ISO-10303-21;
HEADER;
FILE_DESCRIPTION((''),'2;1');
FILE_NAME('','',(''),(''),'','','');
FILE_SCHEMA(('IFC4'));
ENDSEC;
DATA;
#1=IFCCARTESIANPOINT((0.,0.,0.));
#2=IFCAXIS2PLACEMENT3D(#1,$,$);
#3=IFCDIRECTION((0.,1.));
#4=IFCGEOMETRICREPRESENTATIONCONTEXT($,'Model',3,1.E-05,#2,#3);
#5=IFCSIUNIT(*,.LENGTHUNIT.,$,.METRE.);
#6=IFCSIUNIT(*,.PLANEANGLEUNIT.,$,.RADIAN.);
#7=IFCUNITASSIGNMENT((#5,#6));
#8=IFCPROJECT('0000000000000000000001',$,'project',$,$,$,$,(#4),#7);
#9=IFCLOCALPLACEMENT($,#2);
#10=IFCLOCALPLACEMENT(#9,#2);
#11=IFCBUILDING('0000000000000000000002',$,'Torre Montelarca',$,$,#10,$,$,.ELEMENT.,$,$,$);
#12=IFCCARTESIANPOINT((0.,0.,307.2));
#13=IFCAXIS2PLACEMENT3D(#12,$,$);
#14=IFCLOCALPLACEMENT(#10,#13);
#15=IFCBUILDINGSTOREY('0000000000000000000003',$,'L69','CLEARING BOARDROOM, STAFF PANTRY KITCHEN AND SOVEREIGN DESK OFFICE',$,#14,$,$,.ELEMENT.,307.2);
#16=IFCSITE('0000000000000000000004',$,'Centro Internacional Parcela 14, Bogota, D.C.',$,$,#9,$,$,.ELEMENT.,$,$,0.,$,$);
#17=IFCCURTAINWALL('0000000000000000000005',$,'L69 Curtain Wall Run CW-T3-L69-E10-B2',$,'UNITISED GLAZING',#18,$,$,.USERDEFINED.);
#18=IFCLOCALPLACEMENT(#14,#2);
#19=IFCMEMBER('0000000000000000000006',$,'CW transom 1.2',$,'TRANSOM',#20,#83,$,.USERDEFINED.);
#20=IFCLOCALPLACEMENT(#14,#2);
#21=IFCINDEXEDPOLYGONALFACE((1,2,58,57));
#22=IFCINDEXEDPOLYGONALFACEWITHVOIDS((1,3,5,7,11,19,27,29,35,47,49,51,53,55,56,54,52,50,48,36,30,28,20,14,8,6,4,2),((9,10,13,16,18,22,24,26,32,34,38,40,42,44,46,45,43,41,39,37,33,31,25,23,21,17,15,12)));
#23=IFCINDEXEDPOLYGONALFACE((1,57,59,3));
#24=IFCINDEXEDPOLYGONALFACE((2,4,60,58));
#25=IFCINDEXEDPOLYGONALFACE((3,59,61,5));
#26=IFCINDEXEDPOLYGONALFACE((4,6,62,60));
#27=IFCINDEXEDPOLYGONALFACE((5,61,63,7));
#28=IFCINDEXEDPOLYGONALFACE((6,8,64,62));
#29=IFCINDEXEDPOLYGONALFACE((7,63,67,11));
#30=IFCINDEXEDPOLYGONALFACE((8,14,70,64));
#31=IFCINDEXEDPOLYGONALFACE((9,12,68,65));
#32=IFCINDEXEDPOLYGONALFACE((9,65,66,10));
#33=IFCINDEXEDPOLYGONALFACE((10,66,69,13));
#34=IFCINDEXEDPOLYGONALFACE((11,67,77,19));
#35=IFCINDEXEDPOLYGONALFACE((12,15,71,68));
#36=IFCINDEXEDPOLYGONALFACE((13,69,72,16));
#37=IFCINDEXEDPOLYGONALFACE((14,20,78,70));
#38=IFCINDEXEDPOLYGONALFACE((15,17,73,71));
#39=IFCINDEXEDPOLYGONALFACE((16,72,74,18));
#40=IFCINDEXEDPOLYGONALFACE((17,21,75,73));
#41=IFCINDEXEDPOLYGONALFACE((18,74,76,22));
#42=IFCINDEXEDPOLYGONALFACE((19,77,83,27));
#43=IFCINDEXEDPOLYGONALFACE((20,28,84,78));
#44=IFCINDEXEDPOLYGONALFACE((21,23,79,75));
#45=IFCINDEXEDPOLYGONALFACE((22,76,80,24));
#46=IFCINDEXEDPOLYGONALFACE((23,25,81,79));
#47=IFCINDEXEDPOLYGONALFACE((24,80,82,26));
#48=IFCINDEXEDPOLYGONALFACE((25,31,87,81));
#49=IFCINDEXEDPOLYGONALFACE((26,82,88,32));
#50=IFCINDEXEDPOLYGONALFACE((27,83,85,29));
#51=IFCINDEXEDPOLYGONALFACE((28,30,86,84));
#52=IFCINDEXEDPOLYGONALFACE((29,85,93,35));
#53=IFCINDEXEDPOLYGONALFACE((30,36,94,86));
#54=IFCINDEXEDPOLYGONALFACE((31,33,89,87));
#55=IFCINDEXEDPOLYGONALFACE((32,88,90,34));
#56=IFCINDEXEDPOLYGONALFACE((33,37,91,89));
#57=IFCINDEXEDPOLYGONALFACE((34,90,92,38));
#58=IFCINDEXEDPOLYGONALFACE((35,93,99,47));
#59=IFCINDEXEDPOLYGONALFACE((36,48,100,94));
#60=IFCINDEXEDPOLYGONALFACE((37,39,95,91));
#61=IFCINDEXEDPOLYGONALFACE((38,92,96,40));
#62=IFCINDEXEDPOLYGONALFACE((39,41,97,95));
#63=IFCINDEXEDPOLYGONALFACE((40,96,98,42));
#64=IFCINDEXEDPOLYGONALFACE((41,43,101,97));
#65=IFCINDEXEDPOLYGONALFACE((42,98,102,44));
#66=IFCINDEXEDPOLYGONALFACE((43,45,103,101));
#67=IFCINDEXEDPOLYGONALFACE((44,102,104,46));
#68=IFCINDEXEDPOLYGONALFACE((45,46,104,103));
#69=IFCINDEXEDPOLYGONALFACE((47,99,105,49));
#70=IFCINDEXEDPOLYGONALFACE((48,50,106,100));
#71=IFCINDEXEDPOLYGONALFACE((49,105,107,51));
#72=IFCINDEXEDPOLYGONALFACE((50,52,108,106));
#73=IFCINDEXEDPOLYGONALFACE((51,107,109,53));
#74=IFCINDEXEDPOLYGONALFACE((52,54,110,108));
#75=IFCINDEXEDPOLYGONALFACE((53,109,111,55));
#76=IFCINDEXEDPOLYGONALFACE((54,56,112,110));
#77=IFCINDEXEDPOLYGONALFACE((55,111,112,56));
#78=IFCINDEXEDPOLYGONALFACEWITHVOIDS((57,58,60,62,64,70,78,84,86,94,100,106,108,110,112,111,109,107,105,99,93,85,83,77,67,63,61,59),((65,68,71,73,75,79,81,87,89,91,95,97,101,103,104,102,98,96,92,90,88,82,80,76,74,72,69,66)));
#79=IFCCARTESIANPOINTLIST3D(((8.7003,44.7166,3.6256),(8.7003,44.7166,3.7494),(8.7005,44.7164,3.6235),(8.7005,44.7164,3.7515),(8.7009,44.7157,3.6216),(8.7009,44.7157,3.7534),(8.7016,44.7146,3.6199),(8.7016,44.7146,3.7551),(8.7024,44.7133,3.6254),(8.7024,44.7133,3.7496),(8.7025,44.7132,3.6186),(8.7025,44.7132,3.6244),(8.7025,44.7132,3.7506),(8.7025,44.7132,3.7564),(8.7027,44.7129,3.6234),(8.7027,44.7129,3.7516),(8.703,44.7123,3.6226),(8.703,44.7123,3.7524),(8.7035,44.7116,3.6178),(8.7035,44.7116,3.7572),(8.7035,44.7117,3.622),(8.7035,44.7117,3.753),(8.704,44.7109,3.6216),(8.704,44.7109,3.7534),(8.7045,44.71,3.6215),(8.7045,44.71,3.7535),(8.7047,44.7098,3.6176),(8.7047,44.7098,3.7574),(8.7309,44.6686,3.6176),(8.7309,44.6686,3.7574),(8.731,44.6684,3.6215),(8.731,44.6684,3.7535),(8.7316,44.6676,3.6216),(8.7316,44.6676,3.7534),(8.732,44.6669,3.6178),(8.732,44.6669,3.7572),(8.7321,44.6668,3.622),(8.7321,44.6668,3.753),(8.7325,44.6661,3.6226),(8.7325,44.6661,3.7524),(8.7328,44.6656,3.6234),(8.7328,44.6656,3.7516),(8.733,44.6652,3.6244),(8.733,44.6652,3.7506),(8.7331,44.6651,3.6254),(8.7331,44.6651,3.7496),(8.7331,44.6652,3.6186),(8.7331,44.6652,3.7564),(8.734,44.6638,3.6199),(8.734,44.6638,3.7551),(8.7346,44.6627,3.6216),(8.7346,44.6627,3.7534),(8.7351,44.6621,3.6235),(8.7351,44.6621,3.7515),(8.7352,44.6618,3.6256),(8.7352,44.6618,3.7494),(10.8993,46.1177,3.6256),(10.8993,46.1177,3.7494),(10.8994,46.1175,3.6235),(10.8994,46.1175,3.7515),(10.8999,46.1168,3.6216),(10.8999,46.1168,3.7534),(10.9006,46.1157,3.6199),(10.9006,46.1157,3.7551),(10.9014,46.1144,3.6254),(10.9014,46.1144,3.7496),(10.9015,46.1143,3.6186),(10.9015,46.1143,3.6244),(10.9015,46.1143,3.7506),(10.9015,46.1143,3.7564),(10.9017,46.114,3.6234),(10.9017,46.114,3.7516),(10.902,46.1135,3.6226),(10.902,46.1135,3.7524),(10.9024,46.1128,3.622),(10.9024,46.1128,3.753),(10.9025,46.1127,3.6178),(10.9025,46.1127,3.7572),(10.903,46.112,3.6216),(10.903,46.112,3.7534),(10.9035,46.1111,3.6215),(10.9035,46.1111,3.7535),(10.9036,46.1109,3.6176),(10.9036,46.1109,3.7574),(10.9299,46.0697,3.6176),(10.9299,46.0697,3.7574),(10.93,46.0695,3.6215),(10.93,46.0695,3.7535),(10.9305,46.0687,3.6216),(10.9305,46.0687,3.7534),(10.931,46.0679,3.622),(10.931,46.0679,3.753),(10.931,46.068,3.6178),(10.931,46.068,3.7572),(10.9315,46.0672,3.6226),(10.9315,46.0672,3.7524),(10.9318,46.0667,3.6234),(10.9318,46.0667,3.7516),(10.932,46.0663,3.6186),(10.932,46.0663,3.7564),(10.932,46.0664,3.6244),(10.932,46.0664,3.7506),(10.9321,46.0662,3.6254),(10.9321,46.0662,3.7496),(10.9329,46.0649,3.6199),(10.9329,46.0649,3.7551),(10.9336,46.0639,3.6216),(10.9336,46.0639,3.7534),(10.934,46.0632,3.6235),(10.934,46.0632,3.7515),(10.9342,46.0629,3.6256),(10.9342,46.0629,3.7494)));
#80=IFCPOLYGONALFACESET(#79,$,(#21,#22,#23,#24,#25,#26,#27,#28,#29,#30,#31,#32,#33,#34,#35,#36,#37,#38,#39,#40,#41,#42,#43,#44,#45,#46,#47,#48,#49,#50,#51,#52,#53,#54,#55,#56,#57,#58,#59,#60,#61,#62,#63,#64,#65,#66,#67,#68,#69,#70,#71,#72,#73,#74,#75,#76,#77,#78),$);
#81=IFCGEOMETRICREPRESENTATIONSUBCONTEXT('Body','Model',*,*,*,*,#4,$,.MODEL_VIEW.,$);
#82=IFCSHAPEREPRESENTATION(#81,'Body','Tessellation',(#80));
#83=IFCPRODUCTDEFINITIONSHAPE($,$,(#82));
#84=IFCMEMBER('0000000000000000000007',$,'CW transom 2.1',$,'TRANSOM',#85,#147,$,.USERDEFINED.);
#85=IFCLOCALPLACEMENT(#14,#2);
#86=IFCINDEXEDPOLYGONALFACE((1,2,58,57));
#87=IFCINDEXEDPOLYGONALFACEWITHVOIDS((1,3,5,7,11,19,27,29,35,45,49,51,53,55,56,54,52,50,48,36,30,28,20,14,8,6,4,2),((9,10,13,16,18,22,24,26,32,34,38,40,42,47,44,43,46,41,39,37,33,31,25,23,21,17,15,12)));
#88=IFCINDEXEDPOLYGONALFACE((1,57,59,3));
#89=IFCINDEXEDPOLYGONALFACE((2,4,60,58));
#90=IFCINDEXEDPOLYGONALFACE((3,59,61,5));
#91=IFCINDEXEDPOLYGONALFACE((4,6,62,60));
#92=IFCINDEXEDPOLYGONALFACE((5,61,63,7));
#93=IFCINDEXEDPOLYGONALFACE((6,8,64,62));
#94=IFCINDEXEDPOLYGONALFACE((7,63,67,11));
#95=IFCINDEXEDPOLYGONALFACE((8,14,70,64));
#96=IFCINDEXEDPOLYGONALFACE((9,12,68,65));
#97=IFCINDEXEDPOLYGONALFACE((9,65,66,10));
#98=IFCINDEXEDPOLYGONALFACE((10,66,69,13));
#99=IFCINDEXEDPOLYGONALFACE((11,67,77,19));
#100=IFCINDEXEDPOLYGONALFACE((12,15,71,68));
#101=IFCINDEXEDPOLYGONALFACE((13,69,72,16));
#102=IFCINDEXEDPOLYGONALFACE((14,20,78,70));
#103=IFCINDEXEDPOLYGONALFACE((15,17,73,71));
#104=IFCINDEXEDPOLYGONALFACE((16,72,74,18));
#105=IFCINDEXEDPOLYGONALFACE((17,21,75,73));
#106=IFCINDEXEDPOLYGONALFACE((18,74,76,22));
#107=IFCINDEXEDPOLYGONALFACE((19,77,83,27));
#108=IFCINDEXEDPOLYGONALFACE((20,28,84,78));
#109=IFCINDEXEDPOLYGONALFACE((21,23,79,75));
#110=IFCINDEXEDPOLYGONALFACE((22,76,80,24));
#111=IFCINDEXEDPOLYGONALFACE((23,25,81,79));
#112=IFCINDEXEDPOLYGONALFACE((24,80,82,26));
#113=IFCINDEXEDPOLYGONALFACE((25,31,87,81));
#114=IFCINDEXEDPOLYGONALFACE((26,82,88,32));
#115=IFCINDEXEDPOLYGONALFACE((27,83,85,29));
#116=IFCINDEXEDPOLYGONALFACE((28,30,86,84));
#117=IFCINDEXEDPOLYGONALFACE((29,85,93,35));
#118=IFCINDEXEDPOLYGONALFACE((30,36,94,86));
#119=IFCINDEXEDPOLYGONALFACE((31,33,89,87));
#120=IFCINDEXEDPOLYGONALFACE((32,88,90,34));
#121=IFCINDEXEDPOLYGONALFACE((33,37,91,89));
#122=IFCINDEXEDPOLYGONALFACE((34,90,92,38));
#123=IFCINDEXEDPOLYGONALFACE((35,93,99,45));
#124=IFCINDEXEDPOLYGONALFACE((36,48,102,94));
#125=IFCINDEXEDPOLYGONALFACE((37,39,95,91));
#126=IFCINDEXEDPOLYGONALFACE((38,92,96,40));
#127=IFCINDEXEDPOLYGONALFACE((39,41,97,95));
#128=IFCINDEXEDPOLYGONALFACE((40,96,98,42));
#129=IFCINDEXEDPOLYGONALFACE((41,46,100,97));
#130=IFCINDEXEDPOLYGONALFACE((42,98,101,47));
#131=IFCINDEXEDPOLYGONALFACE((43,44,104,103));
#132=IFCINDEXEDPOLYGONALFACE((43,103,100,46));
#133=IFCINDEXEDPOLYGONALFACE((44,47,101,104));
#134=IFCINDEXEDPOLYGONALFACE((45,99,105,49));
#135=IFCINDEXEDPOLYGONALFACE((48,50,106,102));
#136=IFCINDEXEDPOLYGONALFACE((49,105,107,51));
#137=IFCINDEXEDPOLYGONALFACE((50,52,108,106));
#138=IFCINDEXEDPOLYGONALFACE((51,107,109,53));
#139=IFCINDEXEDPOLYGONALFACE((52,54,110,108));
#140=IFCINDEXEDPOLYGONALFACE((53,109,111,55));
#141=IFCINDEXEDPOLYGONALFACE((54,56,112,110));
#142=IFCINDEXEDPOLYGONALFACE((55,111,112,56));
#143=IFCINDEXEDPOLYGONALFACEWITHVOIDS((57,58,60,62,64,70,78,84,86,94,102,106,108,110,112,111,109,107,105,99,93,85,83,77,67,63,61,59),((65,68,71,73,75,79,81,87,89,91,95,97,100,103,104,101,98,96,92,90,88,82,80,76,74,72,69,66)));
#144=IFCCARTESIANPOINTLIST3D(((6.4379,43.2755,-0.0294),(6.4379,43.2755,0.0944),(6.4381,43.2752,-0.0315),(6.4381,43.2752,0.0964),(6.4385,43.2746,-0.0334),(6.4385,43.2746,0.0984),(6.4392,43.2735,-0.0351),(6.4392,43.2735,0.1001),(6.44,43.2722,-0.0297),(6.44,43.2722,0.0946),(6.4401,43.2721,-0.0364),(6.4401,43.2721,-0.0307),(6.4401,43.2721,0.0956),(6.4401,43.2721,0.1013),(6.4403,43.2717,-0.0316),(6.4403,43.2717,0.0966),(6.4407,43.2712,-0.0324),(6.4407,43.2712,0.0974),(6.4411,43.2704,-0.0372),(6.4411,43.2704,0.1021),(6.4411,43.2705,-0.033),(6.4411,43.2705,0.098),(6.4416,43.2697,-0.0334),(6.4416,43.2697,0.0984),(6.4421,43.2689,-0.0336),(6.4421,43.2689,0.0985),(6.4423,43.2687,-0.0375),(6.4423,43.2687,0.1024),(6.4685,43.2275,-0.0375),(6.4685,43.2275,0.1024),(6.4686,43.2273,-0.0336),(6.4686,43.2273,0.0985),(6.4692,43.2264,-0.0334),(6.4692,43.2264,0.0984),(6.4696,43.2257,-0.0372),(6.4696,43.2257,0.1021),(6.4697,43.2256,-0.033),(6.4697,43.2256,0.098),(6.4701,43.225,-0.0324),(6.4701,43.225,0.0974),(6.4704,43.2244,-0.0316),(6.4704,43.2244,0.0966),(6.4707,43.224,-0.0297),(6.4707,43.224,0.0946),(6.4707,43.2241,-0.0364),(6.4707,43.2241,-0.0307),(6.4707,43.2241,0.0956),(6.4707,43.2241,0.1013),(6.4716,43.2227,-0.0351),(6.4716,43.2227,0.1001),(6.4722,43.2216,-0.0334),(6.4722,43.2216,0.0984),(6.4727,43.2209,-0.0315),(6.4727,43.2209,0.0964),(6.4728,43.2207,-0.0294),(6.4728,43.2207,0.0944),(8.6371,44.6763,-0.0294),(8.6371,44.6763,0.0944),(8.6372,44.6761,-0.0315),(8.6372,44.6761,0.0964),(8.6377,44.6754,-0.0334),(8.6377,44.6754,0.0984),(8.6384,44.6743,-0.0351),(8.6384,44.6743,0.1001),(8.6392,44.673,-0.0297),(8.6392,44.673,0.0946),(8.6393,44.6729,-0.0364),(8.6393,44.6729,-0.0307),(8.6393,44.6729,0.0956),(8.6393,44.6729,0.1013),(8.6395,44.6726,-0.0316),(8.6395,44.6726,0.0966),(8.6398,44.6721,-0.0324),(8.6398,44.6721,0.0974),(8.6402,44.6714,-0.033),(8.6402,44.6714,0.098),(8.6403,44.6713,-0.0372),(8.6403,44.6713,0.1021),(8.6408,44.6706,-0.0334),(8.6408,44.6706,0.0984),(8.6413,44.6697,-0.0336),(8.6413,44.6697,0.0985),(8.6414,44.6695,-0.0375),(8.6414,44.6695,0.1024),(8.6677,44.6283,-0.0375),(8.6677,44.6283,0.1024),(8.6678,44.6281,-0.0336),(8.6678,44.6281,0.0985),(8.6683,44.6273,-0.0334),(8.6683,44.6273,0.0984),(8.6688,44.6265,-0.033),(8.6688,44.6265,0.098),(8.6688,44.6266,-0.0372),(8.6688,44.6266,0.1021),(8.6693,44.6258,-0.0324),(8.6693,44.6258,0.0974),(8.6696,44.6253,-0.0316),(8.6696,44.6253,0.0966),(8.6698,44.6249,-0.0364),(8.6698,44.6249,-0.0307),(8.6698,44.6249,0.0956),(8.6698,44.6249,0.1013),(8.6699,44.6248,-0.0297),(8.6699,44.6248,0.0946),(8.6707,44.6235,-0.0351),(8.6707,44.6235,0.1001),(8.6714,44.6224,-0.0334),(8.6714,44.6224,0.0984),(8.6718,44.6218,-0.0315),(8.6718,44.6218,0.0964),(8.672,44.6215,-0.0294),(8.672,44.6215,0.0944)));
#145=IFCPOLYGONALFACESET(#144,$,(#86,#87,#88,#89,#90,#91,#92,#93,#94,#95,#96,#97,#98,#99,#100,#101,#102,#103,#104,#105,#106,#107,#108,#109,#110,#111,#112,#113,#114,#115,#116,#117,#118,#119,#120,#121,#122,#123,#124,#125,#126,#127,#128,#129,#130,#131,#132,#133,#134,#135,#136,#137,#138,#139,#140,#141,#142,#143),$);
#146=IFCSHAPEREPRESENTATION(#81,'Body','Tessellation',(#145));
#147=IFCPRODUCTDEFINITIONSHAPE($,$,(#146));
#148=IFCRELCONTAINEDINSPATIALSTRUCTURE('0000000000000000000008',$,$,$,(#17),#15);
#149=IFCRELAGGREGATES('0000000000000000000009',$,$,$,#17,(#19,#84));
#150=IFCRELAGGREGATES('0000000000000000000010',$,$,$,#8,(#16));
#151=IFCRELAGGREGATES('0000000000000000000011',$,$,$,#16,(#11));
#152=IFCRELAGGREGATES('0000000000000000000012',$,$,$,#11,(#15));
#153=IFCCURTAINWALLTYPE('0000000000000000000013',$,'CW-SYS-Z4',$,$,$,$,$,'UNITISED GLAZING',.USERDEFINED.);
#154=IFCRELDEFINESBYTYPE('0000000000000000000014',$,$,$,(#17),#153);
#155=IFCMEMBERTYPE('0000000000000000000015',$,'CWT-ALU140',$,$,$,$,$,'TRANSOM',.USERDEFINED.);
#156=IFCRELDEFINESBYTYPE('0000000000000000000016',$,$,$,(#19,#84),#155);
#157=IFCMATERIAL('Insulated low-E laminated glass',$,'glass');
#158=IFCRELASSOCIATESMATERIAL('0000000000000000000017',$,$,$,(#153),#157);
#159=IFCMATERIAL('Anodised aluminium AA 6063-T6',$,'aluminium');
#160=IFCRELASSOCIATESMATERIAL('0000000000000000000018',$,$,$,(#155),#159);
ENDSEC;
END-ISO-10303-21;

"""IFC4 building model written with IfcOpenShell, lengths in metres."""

from ifc_helpers import new_model, si_unit, direction, frame, origin, origin_2d, place, context, subcontext, project, spatial, hollow_rectangle, extrude, source, transform, mapped, material, material_profile, profile_set, type_object, element, aggregate, save


model = new_model("IFC4")

# Units and contexts
model_context = context("Model", 3, precision=1e-05, world=origin(), true_north=direction((0.0, 1.0)))
body_context = subcontext(model_context, "Body", "Model", "MODEL_VIEW")
ifc_project = project(units=[si_unit("LENGTHUNIT", "METRE"), si_unit("PLANEANGLEUNIT", "RADIAN")], contexts=[model_context])

# Site, building, storey
site_placement = place(None, origin())
site = spatial("IfcSite", under=ifc_project, at=site_placement, Name="Centro Internacional Parcela 14, Bogota, D.C.", CompositionType="ELEMENT", RefElevation=0.0)
building_placement = place(site_placement, origin())
building = spatial("IfcBuilding", under=site, at=building_placement, Name="Torre Montelarca", CompositionType="ELEMENT")
storey_placement = place(building_placement, frame((0.0, 0.0, 307.2)))
storey = spatial("IfcBuildingStorey", under=building, at=storey_placement, Name="L69", Description="CLEARING BOARDROOM, STAFF PANTRY KITCHEN AND SOVEREIGN DESK OFFICE", CompositionType="ELEMENT", Elevation=307.2)

# Shared definitions
ifc_material_1 = material(Name="Insulated low-E laminated glass", Category="glass")
curtain_wall_type = type_object("IfcCurtainWallType", Name="CW-SYS-Z4", ElementType="UNITISED GLAZING", PredefinedType="USERDEFINED", material=ifc_material_1)
ifc_material_2 = material(Name="Anodised aluminium AA 6063-T6", Category="aluminium")

# Curtain wall
curtain_wall_1_placement = place(storey_placement, origin())
curtain_wall_1 = element("IfcCurtainWall", 1, at=curtain_wall_1_placement, inside=storey, type_object=curtain_wall_type, Name="L69 Curtain Wall Run CW-T3-L69-E10-B2", ObjectType="UNITISED GLAZING", PredefinedType="USERDEFINED")

# Members
ifc_material_profile_1 = material_profile(ifc_material_2, hollow_rectangle(XDim=0.0649, YDim=0.1399, WallThickness=0.0039, InnerFilletRadius=0.0039, OuterFilletRadius=0.0081, at=origin_2d()), Name="ALU65X140X4", Category="aluminium")
ifc_profile_set_1 = profile_set([ifc_material_profile_1], Name="Anodised aluminium AA 6063-T6")
member_type_1 = type_object("IfcMemberType", Name="CWT-ALU140", ElementType="TRANSOM", PredefinedType="USERDEFINED", material=ifc_profile_set_1)
shared_shape_1 = source(origin(), body_context, "Body", "SweptSolid", [
    extrude(hollow_rectangle(XDim=0.0649, YDim=0.1399, WallThickness=0.0039, InnerFilletRadius=0.0039, OuterFilletRadius=0.0081, at=origin_2d()), origin(), (0.0, 0.0, 1.0), 2.6074),
])
member_1_placement = place(storey_placement, frame((10.9167, 46.0903, 3.6875), z_axis=(-0.843353, -0.53736, 0.0), x_axis=(0.53736, -0.843353, 0.0)))
member_1 = element("IfcMember", 2, at=member_1_placement, type_object=member_type_1, Name="CW transom 1.2", ObjectType="TRANSOM", PredefinedType="USERDEFINED", context=body_context, shape_type="MappedRepresentation", body=[
    mapped(shared_shape_1, transform((0.0, 0.0, 0.0), scale=1.0)),
])
member_2_placement = place(storey_placement, frame((8.6545, 44.6489, 0.0325), z_axis=(-0.843422, -0.537251, 0.0), x_axis=(0.537251, -0.843422, 0.0)))
member_2 = element("IfcMember", 3, at=member_2_placement, type_object=member_type_1, Name="CW transom 2.1", ObjectType="TRANSOM", PredefinedType="USERDEFINED", context=body_context, shape_type="MappedRepresentation", body=[
    mapped(shared_shape_1, transform((0.0, 0.0, 0.0), scale=1.0)),
])

aggregate(curtain_wall_1, [member_1, member_2])

save(model, "model.ifc")
